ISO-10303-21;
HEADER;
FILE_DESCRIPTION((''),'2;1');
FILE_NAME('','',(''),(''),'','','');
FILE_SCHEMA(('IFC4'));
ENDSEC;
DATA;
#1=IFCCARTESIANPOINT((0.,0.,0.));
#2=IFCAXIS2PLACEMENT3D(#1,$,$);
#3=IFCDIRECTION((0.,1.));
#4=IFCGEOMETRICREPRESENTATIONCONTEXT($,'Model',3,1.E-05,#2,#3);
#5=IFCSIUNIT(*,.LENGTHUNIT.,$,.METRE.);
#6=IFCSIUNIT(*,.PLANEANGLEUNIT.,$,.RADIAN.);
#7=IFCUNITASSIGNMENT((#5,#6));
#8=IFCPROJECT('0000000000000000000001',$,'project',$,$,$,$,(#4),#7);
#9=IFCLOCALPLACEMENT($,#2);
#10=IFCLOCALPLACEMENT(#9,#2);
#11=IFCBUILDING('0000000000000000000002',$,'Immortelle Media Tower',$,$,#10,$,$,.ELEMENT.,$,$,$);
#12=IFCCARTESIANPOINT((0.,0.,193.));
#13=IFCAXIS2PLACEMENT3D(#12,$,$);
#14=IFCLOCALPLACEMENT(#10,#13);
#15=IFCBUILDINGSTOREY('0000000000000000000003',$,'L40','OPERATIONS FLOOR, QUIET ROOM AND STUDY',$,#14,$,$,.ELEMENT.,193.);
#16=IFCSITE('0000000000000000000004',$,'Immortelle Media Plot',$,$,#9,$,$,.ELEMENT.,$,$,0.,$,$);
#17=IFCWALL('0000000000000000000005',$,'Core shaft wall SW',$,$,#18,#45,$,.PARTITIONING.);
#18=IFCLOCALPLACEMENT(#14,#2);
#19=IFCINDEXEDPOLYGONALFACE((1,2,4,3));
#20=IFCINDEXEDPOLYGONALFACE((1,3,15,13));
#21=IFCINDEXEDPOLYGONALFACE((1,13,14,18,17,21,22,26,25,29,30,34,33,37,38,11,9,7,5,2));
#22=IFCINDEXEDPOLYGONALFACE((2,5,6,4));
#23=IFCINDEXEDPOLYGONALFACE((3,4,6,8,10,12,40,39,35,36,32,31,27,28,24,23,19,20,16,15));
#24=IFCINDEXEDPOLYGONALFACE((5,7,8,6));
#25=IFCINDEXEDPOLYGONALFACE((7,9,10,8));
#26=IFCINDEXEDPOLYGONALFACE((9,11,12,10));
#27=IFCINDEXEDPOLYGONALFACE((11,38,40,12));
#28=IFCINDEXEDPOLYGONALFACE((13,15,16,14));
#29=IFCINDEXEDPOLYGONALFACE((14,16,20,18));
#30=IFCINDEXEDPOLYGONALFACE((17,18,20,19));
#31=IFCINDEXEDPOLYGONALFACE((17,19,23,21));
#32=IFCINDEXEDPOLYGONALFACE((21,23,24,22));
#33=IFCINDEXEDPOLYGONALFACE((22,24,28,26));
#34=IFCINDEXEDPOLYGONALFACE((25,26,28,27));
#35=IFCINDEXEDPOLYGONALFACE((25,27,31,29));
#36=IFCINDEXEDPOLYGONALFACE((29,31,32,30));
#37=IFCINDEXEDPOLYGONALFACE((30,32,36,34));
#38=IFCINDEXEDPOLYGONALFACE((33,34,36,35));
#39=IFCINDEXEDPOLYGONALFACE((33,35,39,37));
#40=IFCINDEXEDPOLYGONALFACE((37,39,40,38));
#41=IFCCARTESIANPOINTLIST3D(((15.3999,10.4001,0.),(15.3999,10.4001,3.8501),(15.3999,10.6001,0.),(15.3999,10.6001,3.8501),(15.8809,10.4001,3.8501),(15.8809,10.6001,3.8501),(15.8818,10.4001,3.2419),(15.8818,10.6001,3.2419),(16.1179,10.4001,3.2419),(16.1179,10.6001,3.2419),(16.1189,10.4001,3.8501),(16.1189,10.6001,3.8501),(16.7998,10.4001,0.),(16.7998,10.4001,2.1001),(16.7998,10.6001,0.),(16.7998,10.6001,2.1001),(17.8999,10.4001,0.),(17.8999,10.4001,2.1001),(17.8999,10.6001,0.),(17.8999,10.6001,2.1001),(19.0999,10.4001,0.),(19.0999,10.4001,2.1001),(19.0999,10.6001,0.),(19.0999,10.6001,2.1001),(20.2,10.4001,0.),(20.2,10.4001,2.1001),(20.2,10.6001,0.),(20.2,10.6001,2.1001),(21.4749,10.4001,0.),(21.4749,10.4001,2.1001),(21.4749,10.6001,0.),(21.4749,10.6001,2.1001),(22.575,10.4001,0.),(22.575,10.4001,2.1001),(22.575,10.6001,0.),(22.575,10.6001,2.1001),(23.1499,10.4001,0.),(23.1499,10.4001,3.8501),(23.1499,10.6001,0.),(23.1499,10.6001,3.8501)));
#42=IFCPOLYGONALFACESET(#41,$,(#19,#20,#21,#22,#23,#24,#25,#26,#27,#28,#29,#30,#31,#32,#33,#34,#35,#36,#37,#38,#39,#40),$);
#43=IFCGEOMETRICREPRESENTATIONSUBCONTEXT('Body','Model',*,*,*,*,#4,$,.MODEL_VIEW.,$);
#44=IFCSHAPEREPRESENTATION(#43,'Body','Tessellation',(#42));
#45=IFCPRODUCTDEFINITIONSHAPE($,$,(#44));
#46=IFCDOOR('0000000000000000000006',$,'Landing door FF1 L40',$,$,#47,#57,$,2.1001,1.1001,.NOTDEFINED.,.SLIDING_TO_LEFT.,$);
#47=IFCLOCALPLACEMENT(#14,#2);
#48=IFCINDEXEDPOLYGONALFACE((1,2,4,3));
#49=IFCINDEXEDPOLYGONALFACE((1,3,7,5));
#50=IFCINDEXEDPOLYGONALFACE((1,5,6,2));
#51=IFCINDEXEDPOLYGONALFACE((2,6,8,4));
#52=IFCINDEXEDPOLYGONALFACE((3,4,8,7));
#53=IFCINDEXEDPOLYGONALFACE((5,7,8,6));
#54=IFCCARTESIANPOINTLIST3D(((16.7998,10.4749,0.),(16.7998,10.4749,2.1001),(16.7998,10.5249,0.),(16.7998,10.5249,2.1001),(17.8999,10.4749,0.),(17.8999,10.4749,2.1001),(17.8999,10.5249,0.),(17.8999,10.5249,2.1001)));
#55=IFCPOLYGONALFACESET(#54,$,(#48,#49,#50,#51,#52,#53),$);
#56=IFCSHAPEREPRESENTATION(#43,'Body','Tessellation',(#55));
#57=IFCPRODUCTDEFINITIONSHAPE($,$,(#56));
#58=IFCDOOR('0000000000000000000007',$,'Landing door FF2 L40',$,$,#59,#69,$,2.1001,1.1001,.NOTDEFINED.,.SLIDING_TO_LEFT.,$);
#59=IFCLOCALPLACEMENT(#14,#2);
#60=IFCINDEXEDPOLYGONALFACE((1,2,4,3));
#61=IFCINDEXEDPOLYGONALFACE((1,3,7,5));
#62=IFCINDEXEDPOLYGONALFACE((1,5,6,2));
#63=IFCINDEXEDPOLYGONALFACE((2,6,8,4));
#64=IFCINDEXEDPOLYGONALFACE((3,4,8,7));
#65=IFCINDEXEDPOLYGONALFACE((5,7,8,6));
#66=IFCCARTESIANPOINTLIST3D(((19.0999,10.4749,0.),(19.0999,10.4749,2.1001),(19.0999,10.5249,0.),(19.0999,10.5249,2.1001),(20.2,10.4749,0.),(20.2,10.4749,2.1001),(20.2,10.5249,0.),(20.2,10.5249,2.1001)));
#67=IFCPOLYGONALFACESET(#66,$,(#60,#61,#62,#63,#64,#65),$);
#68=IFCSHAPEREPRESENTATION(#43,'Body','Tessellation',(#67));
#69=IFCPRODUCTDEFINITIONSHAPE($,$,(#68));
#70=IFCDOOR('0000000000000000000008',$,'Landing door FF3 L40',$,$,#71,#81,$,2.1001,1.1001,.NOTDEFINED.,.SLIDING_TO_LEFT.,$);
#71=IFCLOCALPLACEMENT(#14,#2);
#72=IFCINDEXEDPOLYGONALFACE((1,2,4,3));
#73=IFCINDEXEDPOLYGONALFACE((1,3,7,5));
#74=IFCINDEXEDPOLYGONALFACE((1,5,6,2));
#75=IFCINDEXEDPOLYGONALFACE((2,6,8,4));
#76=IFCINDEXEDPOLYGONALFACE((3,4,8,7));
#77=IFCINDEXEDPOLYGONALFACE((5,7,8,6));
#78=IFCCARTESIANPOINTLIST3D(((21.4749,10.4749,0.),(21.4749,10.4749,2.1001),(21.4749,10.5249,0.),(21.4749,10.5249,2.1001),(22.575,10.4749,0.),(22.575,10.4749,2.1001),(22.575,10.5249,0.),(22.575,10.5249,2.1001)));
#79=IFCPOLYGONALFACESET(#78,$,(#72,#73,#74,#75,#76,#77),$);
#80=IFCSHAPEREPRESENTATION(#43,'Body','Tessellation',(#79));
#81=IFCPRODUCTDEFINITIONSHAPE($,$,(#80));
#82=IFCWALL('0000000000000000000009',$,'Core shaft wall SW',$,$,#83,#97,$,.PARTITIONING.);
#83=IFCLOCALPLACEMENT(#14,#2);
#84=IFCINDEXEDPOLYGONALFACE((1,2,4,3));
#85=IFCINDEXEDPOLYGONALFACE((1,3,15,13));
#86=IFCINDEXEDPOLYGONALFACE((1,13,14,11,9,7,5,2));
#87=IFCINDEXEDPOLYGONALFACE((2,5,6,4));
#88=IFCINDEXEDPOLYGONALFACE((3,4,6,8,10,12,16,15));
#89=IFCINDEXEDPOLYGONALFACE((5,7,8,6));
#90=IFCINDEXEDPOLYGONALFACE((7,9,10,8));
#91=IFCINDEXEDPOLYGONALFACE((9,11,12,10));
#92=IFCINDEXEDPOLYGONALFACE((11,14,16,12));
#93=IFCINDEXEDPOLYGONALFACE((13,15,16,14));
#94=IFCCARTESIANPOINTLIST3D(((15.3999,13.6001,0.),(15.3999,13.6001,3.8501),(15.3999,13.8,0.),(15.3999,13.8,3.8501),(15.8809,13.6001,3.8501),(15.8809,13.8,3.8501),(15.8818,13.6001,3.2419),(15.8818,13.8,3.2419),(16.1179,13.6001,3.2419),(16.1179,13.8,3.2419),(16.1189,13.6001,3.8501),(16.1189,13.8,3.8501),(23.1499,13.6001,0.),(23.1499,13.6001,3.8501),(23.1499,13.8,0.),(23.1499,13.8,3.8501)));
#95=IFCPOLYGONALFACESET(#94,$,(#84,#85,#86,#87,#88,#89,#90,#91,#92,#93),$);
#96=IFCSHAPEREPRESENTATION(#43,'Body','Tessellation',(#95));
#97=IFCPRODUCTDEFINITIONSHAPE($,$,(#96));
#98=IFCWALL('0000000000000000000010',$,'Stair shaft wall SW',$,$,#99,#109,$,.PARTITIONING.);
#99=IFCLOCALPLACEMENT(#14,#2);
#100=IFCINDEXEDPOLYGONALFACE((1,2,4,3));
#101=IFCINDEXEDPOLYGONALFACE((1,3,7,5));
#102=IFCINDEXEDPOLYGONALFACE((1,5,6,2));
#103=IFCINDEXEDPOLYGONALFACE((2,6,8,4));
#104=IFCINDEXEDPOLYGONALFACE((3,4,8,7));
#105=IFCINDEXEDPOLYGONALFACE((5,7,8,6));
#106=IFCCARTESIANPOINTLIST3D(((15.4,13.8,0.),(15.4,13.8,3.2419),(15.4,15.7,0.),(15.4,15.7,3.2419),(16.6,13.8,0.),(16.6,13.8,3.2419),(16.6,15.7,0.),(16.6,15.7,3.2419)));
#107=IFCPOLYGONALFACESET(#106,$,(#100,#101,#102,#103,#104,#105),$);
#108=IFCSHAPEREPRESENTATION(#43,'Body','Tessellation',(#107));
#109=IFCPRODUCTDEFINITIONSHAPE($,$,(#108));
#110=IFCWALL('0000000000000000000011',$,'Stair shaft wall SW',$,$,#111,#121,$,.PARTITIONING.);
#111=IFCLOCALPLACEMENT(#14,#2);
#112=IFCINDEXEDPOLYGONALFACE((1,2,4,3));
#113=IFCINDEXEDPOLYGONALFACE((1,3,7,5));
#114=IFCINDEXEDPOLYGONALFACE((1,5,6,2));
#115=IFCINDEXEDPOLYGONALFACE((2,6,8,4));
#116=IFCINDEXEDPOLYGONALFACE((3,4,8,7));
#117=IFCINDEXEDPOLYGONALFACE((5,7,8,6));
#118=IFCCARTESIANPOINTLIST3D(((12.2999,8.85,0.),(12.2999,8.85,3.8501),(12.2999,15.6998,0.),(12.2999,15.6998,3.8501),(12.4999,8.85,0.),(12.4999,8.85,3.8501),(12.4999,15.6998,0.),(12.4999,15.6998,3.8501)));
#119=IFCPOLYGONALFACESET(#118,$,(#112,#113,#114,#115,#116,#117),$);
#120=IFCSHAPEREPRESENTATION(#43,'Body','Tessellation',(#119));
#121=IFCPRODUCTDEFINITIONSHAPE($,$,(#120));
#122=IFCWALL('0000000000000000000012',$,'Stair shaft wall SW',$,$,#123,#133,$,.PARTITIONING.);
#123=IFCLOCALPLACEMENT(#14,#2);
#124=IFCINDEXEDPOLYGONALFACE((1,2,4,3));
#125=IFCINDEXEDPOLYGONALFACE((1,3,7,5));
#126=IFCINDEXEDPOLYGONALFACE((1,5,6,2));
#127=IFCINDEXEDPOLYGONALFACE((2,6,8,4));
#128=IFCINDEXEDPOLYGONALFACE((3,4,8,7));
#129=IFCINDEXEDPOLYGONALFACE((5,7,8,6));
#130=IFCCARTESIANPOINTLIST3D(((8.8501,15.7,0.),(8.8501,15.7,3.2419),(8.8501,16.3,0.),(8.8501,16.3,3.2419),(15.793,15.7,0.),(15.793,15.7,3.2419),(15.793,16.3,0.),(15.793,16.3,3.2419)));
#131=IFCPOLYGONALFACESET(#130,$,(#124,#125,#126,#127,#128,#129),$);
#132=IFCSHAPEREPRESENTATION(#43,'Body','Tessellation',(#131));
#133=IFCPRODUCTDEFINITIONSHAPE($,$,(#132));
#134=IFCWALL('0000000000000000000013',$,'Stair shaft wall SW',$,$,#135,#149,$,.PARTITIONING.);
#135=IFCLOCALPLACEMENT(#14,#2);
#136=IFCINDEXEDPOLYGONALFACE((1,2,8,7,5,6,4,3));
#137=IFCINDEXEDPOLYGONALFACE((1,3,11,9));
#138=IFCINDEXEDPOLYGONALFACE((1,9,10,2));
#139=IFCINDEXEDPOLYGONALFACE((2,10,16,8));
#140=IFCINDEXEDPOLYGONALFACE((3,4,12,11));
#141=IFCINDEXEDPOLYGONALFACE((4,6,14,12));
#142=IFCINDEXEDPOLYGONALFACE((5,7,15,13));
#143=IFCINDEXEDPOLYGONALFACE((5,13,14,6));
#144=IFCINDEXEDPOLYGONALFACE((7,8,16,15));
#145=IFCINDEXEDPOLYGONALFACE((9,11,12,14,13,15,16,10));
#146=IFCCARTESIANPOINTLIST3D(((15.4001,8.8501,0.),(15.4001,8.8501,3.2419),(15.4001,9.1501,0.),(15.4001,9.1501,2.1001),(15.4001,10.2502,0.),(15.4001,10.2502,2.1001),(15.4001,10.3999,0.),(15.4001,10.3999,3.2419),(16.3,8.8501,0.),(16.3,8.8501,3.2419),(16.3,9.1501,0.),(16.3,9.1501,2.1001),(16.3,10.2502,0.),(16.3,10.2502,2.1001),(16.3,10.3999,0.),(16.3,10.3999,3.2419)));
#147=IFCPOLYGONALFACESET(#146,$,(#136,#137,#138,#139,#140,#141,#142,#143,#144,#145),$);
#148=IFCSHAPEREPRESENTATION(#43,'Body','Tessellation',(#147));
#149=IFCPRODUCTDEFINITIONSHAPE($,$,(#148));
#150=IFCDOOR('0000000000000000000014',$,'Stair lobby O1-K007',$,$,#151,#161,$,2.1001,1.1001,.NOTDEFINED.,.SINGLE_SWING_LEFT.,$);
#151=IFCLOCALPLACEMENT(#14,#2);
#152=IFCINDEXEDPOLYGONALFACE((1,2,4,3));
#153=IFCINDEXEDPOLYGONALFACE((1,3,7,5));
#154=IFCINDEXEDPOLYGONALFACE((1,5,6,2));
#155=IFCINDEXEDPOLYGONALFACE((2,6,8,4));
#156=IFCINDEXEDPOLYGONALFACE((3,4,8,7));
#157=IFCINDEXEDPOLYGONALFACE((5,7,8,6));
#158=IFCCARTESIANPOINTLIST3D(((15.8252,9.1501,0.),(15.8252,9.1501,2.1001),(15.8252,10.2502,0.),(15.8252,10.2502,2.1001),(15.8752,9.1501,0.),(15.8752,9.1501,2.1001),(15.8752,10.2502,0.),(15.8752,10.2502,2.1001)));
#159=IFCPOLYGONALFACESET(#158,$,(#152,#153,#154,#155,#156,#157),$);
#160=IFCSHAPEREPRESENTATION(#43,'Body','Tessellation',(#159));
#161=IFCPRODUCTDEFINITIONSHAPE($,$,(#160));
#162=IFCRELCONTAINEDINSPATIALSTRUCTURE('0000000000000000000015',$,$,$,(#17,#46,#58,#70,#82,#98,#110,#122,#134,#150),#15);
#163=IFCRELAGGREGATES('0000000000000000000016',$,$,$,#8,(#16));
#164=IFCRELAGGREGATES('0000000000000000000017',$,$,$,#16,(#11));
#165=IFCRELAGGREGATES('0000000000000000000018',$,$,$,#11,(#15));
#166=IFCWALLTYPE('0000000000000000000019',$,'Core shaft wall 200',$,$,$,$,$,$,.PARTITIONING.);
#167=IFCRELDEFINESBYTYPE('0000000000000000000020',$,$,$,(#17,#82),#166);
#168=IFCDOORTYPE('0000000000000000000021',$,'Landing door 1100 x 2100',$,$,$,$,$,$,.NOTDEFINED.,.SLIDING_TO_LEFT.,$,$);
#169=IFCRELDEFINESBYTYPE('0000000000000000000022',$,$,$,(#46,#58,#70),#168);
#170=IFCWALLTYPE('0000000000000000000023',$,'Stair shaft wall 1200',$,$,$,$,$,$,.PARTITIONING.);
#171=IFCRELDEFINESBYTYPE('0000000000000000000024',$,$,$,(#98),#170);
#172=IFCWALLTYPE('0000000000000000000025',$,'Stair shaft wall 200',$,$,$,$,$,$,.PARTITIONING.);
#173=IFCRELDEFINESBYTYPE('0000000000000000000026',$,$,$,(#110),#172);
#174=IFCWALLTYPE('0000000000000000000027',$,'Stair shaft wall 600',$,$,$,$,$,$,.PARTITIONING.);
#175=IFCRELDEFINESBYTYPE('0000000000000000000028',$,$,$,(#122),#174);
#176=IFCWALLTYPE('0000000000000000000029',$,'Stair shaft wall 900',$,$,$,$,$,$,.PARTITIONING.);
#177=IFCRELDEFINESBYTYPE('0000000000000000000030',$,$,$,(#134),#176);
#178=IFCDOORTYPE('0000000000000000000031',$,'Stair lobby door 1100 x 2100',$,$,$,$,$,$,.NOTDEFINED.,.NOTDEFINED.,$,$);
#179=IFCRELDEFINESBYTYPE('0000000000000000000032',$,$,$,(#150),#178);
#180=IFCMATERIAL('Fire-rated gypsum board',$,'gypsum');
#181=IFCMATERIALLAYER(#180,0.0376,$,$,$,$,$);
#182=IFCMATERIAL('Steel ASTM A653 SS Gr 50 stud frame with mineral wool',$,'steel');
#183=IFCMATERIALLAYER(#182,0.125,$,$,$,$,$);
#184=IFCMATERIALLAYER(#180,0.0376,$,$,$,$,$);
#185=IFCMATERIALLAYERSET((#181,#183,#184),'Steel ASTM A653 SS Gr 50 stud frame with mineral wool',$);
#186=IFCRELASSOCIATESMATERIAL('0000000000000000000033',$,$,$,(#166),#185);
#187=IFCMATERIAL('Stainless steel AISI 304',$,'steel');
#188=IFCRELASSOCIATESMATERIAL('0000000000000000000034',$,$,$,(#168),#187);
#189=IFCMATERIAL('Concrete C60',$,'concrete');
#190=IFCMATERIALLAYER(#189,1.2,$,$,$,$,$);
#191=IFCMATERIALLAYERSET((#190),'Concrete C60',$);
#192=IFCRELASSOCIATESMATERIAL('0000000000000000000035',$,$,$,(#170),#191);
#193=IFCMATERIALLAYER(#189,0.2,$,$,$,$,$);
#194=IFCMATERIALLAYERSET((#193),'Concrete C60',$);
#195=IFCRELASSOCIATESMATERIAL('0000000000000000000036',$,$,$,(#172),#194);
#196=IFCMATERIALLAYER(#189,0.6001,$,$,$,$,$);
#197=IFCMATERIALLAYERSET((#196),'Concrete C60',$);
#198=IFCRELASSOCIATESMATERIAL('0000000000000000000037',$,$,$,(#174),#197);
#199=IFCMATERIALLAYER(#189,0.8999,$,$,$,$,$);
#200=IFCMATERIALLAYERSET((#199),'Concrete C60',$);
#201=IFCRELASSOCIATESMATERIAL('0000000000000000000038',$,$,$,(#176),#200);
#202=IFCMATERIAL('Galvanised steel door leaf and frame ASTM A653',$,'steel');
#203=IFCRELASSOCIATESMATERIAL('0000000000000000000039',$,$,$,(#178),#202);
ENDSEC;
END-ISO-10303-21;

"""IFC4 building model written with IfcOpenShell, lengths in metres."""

from ifc_helpers import new_model, si_unit, direction, frame, frame_2d, origin, place, context, subcontext, project, spatial, polyline, rectangle, outline, extrude, material, layer, layer_set, type_object, element, fill, save


model = new_model("IFC4")

# Units and contexts
model_context = context("Model", 3, precision=1e-05, world=origin(), true_north=direction((0.0, 1.0)))
body_context = subcontext(model_context, "Body", "Model", "MODEL_VIEW")
ifc_project = project(units=[si_unit("LENGTHUNIT", "METRE"), si_unit("PLANEANGLEUNIT", "RADIAN")], contexts=[model_context])

# Site, building, storey
site_placement = place(None, origin())
site = spatial("IfcSite", under=ifc_project, at=site_placement, Name="Immortelle Media Plot", CompositionType="ELEMENT", RefElevation=0.0)
building_placement = place(site_placement, origin())
building = spatial("IfcBuilding", under=site, at=building_placement, Name="Immortelle Media Tower", CompositionType="ELEMENT")
storey_placement = place(building_placement, frame((0.0, 0.0, 193.0)))
storey = spatial("IfcBuildingStorey", under=building, at=storey_placement, Name="L40", Description="OPERATIONS FLOOR, QUIET ROOM AND STUDY", CompositionType="ELEMENT", Elevation=193.0)

# Wall, openings, doors
ifc_material_1 = material(Name="Fire-rated gypsum board", Category="gypsum")
ifc_layer_1 = layer(ifc_material_1, 0.0376)
ifc_material_2 = material(Name="Steel ASTM A653 SS Gr 50 stud frame with mineral wool", Category="steel")
ifc_layer_2 = layer(ifc_material_2, 0.125)
ifc_layer_3 = layer(ifc_material_1, 0.0376)
ifc_layer_set_1 = layer_set([ifc_layer_1, ifc_layer_2, ifc_layer_3], Name="Steel ASTM A653 SS Gr 50 stud frame with mineral wool")
wall_type_1 = type_object("IfcWallType", Name="Core shaft wall 200", PredefinedType="PARTITIONING", material=ifc_layer_set_1)
wall_1_placement = place(storey_placement, frame((15.3999, 10.5, 0.0), z_axis=(0.0, 0.0, 1.0), x_axis=(1.0, 0.0, 0.0)))
wall_1 = element("IfcWall", 1, at=wall_1_placement, inside=storey, type_object=wall_type_1, Name="Core shaft wall SW", PredefinedType="PARTITIONING", context=body_context, shape_type="SweptSolid", body=[
    extrude(outline(polyline([(0.0, 0.0), (7.75, 0.0), (7.75, 3.8501), (0.719, 3.8501), (0.718, 3.2419), (0.4819, 3.2419), (0.481, 3.8501), (0.0, 3.8501), (0.0, 0.0)])), frame((0.0, 0.1001, 0.0), z_axis=(0.0, -1.0, 0.0), x_axis=(1.0, 0.0, 0.0)), (0.0, 0.0, 1.0), 0.2),
])
opening_1_placement = place(wall_1_placement, frame((1.3999, 0.0, 0.0)))
opening_1 = element("IfcOpeningElement", 2, at=opening_1_placement, cuts=wall_1, PredefinedType="OPENING", context=body_context, shape_type="SweptSolid", body=[
    extrude(rectangle(XDim=1.1001, YDim=2.1001, at=frame_2d((0.55, 1.05))), frame((0.0, 0.1099, 0.0), z_axis=(0.0, -1.0, 0.0), x_axis=(1.0, 0.0, 0.0)), (0.0, 0.0, 1.0), 0.22),
])
opening_2_placement = place(wall_1_placement, frame((3.7, 0.0, 0.0)))
opening_2 = element("IfcOpeningElement", 3, at=opening_2_placement, cuts=wall_1, PredefinedType="OPENING", context=body_context, shape_type="SweptSolid", body=[
    extrude(rectangle(XDim=1.1001, YDim=2.1001, at=frame_2d((0.55, 1.05))), frame((0.0, 0.1099, 0.0), z_axis=(0.0, -1.0, 0.0), x_axis=(1.0, 0.0, 0.0)), (0.0, 0.0, 1.0), 0.22),
])
opening_3_placement = place(wall_1_placement, frame((6.075, 0.0, 0.0)))
opening_3 = element("IfcOpeningElement", 4, at=opening_3_placement, cuts=wall_1, PredefinedType="OPENING", context=body_context, shape_type="SweptSolid", body=[
    extrude(rectangle(XDim=1.1001, YDim=2.1001, at=frame_2d((0.55, 1.05))), frame((0.0, 0.1099, 0.0), z_axis=(0.0, -1.0, 0.0), x_axis=(1.0, 0.0, 0.0)), (0.0, 0.0, 1.0), 0.22),
])
ifc_material_3 = material(Name="Stainless steel AISI 304", Category="steel")
door_type_1 = type_object("IfcDoorType", Name="Landing door 1100 x 2100", OperationType="SLIDING_TO_LEFT", PredefinedType="NOTDEFINED", material=ifc_material_3)
door_1_placement = place(opening_1_placement, origin())
door_1 = element("IfcDoor", 5, at=door_1_placement, inside=storey, type_object=door_type_1, Name="Landing door FF1 L40", OperationType="SLIDING_TO_LEFT", OverallHeight=2.1001, OverallWidth=1.1001, PredefinedType="NOTDEFINED", context=body_context, shape_type="SweptSolid", body=[
    extrude(rectangle(XDim=1.1001, YDim=2.1001, at=frame_2d((0.55, 1.05))), frame((0.0, 0.0249, 0.0), z_axis=(0.0, -1.0, 0.0), x_axis=(1.0, 0.0, 0.0)), (0.0, 0.0, 1.0), 0.05),
])
fill(opening_1, door_1)
door_2_placement = place(opening_2_placement, origin())
door_2 = element("IfcDoor", 6, at=door_2_placement, inside=storey, type_object=door_type_1, Name="Landing door FF2 L40", OperationType="SLIDING_TO_LEFT", OverallHeight=2.1001, OverallWidth=1.1001, PredefinedType="NOTDEFINED", context=body_context, shape_type="SweptSolid", body=[
    extrude(rectangle(XDim=1.1001, YDim=2.1001, at=frame_2d((0.55, 1.05))), frame((0.0, 0.0249, 0.0), z_axis=(0.0, -1.0, 0.0), x_axis=(1.0, 0.0, 0.0)), (0.0, 0.0, 1.0), 0.05),
])
fill(opening_2, door_2)
door_3_placement = place(opening_3_placement, origin())
door_3 = element("IfcDoor", 7, at=door_3_placement, inside=storey, type_object=door_type_1, Name="Landing door FF3 L40", OperationType="SLIDING_TO_LEFT", OverallHeight=2.1001, OverallWidth=1.1001, PredefinedType="NOTDEFINED", context=body_context, shape_type="SweptSolid", body=[
    extrude(rectangle(XDim=1.1001, YDim=2.1001, at=frame_2d((0.55, 1.05))), frame((0.0, 0.0249, 0.0), z_axis=(0.0, -1.0, 0.0), x_axis=(1.0, 0.0, 0.0)), (0.0, 0.0, 1.0), 0.05),
])
fill(opening_3, door_3)

# Walls
wall_2_placement = place(storey_placement, frame((15.3999, 13.7, 0.0), z_axis=(0.0, 0.0, 1.0), x_axis=(1.0, 0.0, 0.0)))
element("IfcWall", 8, at=wall_2_placement, inside=storey, type_object=wall_type_1, Name="Core shaft wall SW", PredefinedType="PARTITIONING", context=body_context, shape_type="SweptSolid", body=[
    extrude(outline(polyline([(0.0, 0.0), (7.75, 0.0), (7.75, 3.8501), (0.719, 3.8501), (0.718, 3.2419), (0.4819, 3.2419), (0.481, 3.8501), (0.0, 3.8501), (0.0, 0.0)])), frame((0.0, 0.1001, 0.0), z_axis=(0.0, -1.0, 0.0), x_axis=(1.0, 0.0, 0.0)), (0.0, 0.0, 1.0), 0.2),
])
ifc_material_4 = material(Name="Concrete C60", Category="concrete")
ifc_layer_4 = layer(ifc_material_4, 1.2)
ifc_layer_set_2 = layer_set([ifc_layer_4], Name="Concrete C60")
wall_type_2 = type_object("IfcWallType", Name="Stair shaft wall 1200", PredefinedType="PARTITIONING", material=ifc_layer_set_2)
wall_3_placement = place(storey_placement, frame((16.0, 13.8, 0.0), z_axis=(0.0, 0.0, 1.0), x_axis=(0.0, 1.0, 0.0)))
element("IfcWall", 9, at=wall_3_placement, inside=storey, type_object=wall_type_2, Name="Stair shaft wall SW", PredefinedType="PARTITIONING", context=body_context, shape_type="SweptSolid", body=[
    extrude(rectangle(XDim=1.8999, YDim=1.2, at=frame_2d((0.95, 0.0))), origin(), (0.0, 0.0, 1.0), 3.2419),
])
ifc_layer_5 = layer(ifc_material_4, 0.2)
ifc_layer_set_3 = layer_set([ifc_layer_5], Name="Concrete C60")
wall_type_3 = type_object("IfcWallType", Name="Stair shaft wall 200", PredefinedType="PARTITIONING", material=ifc_layer_set_3)
wall_4_placement = place(storey_placement, frame((12.3999, 8.8501, 0.0), z_axis=(0.0, 0.0, 1.0), x_axis=(0.0, 1.0, 0.0)))
element("IfcWall", 10, at=wall_4_placement, inside=storey, type_object=wall_type_3, Name="Stair shaft wall SW", PredefinedType="PARTITIONING", context=body_context, shape_type="SweptSolid", body=[
    extrude(rectangle(XDim=6.8499, YDim=0.2, at=frame_2d((3.4248, 0.0))), origin(), (0.0, 0.0, 1.0), 3.8501),
])
ifc_layer_6 = layer(ifc_material_4, 0.6001)
ifc_layer_set_4 = layer_set([ifc_layer_6], Name="Concrete C60")
wall_type_4 = type_object("IfcWallType", Name="Stair shaft wall 600", PredefinedType="PARTITIONING", material=ifc_layer_set_4)
wall_5_placement = place(storey_placement, frame((8.8501, 16.0, 0.0), z_axis=(0.0, 0.0, 1.0), x_axis=(1.0, 0.0, 0.0)))
element("IfcWall", 11, at=wall_5_placement, inside=storey, type_object=wall_type_4, Name="Stair shaft wall SW", PredefinedType="PARTITIONING", context=body_context, shape_type="SweptSolid", body=[
    extrude(rectangle(XDim=6.9429, YDim=0.6001, at=frame_2d((3.4714, 0.0))), origin(), (0.0, 0.0, 1.0), 3.2419),
])

# Wall, opening, door
ifc_layer_7 = layer(ifc_material_4, 0.8999)
ifc_layer_set_5 = layer_set([ifc_layer_7], Name="Concrete C60")
wall_type_5 = type_object("IfcWallType", Name="Stair shaft wall 900", PredefinedType="PARTITIONING", material=ifc_layer_set_5)
wall_6_placement = place(storey_placement, frame((15.8501, 8.8501, 0.0), z_axis=(0.0, 0.0, 1.0), x_axis=(0.0, 1.0, 0.0)))
wall_6 = element("IfcWall", 12, at=wall_6_placement, inside=storey, type_object=wall_type_5, Name="Stair shaft wall SW", PredefinedType="PARTITIONING", context=body_context, shape_type="SweptSolid", body=[
    extrude(rectangle(XDim=1.5498, YDim=0.8999, at=frame_2d((0.7749, 0.0))), origin(), (0.0, 0.0, 1.0), 3.2419),
])
opening_4_placement = place(wall_6_placement, frame((0.3, 0.0, 0.0)))
opening_4 = element("IfcOpeningElement", 13, at=opening_4_placement, cuts=wall_6, PredefinedType="OPENING", context=body_context, shape_type="SweptSolid", body=[
    extrude(rectangle(XDim=1.1001, YDim=2.1001, at=frame_2d((0.55, 1.05))), frame((0.0, 0.46, 0.0), z_axis=(0.0, -1.0, 0.0), x_axis=(1.0, 0.0, 0.0)), (0.0, 0.0, 1.0), 0.9199),
])
ifc_material_5 = material(Name="Galvanised steel door leaf and frame ASTM A653", Category="steel")
door_type_2 = type_object("IfcDoorType", Name="Stair lobby door 1100 x 2100", OperationType="NOTDEFINED", PredefinedType="NOTDEFINED", material=ifc_material_5)
door_4_placement = place(opening_4_placement, origin())
door_4 = element("IfcDoor", 14, at=door_4_placement, inside=storey, type_object=door_type_2, Name="Stair lobby O1-K007", OperationType="SINGLE_SWING_LEFT", OverallHeight=2.1001, OverallWidth=1.1001, PredefinedType="NOTDEFINED", context=body_context, shape_type="SweptSolid", body=[
    extrude(rectangle(XDim=1.1001, YDim=2.1001, at=frame_2d((0.55, 1.05))), frame((0.0, 0.0249, 0.0), z_axis=(0.0, -1.0, 0.0), x_axis=(1.0, 0.0, 0.0)), (0.0, 0.0, 1.0), 0.05),
])
fill(opening_4, door_4)

save(model, "model.ifc")
